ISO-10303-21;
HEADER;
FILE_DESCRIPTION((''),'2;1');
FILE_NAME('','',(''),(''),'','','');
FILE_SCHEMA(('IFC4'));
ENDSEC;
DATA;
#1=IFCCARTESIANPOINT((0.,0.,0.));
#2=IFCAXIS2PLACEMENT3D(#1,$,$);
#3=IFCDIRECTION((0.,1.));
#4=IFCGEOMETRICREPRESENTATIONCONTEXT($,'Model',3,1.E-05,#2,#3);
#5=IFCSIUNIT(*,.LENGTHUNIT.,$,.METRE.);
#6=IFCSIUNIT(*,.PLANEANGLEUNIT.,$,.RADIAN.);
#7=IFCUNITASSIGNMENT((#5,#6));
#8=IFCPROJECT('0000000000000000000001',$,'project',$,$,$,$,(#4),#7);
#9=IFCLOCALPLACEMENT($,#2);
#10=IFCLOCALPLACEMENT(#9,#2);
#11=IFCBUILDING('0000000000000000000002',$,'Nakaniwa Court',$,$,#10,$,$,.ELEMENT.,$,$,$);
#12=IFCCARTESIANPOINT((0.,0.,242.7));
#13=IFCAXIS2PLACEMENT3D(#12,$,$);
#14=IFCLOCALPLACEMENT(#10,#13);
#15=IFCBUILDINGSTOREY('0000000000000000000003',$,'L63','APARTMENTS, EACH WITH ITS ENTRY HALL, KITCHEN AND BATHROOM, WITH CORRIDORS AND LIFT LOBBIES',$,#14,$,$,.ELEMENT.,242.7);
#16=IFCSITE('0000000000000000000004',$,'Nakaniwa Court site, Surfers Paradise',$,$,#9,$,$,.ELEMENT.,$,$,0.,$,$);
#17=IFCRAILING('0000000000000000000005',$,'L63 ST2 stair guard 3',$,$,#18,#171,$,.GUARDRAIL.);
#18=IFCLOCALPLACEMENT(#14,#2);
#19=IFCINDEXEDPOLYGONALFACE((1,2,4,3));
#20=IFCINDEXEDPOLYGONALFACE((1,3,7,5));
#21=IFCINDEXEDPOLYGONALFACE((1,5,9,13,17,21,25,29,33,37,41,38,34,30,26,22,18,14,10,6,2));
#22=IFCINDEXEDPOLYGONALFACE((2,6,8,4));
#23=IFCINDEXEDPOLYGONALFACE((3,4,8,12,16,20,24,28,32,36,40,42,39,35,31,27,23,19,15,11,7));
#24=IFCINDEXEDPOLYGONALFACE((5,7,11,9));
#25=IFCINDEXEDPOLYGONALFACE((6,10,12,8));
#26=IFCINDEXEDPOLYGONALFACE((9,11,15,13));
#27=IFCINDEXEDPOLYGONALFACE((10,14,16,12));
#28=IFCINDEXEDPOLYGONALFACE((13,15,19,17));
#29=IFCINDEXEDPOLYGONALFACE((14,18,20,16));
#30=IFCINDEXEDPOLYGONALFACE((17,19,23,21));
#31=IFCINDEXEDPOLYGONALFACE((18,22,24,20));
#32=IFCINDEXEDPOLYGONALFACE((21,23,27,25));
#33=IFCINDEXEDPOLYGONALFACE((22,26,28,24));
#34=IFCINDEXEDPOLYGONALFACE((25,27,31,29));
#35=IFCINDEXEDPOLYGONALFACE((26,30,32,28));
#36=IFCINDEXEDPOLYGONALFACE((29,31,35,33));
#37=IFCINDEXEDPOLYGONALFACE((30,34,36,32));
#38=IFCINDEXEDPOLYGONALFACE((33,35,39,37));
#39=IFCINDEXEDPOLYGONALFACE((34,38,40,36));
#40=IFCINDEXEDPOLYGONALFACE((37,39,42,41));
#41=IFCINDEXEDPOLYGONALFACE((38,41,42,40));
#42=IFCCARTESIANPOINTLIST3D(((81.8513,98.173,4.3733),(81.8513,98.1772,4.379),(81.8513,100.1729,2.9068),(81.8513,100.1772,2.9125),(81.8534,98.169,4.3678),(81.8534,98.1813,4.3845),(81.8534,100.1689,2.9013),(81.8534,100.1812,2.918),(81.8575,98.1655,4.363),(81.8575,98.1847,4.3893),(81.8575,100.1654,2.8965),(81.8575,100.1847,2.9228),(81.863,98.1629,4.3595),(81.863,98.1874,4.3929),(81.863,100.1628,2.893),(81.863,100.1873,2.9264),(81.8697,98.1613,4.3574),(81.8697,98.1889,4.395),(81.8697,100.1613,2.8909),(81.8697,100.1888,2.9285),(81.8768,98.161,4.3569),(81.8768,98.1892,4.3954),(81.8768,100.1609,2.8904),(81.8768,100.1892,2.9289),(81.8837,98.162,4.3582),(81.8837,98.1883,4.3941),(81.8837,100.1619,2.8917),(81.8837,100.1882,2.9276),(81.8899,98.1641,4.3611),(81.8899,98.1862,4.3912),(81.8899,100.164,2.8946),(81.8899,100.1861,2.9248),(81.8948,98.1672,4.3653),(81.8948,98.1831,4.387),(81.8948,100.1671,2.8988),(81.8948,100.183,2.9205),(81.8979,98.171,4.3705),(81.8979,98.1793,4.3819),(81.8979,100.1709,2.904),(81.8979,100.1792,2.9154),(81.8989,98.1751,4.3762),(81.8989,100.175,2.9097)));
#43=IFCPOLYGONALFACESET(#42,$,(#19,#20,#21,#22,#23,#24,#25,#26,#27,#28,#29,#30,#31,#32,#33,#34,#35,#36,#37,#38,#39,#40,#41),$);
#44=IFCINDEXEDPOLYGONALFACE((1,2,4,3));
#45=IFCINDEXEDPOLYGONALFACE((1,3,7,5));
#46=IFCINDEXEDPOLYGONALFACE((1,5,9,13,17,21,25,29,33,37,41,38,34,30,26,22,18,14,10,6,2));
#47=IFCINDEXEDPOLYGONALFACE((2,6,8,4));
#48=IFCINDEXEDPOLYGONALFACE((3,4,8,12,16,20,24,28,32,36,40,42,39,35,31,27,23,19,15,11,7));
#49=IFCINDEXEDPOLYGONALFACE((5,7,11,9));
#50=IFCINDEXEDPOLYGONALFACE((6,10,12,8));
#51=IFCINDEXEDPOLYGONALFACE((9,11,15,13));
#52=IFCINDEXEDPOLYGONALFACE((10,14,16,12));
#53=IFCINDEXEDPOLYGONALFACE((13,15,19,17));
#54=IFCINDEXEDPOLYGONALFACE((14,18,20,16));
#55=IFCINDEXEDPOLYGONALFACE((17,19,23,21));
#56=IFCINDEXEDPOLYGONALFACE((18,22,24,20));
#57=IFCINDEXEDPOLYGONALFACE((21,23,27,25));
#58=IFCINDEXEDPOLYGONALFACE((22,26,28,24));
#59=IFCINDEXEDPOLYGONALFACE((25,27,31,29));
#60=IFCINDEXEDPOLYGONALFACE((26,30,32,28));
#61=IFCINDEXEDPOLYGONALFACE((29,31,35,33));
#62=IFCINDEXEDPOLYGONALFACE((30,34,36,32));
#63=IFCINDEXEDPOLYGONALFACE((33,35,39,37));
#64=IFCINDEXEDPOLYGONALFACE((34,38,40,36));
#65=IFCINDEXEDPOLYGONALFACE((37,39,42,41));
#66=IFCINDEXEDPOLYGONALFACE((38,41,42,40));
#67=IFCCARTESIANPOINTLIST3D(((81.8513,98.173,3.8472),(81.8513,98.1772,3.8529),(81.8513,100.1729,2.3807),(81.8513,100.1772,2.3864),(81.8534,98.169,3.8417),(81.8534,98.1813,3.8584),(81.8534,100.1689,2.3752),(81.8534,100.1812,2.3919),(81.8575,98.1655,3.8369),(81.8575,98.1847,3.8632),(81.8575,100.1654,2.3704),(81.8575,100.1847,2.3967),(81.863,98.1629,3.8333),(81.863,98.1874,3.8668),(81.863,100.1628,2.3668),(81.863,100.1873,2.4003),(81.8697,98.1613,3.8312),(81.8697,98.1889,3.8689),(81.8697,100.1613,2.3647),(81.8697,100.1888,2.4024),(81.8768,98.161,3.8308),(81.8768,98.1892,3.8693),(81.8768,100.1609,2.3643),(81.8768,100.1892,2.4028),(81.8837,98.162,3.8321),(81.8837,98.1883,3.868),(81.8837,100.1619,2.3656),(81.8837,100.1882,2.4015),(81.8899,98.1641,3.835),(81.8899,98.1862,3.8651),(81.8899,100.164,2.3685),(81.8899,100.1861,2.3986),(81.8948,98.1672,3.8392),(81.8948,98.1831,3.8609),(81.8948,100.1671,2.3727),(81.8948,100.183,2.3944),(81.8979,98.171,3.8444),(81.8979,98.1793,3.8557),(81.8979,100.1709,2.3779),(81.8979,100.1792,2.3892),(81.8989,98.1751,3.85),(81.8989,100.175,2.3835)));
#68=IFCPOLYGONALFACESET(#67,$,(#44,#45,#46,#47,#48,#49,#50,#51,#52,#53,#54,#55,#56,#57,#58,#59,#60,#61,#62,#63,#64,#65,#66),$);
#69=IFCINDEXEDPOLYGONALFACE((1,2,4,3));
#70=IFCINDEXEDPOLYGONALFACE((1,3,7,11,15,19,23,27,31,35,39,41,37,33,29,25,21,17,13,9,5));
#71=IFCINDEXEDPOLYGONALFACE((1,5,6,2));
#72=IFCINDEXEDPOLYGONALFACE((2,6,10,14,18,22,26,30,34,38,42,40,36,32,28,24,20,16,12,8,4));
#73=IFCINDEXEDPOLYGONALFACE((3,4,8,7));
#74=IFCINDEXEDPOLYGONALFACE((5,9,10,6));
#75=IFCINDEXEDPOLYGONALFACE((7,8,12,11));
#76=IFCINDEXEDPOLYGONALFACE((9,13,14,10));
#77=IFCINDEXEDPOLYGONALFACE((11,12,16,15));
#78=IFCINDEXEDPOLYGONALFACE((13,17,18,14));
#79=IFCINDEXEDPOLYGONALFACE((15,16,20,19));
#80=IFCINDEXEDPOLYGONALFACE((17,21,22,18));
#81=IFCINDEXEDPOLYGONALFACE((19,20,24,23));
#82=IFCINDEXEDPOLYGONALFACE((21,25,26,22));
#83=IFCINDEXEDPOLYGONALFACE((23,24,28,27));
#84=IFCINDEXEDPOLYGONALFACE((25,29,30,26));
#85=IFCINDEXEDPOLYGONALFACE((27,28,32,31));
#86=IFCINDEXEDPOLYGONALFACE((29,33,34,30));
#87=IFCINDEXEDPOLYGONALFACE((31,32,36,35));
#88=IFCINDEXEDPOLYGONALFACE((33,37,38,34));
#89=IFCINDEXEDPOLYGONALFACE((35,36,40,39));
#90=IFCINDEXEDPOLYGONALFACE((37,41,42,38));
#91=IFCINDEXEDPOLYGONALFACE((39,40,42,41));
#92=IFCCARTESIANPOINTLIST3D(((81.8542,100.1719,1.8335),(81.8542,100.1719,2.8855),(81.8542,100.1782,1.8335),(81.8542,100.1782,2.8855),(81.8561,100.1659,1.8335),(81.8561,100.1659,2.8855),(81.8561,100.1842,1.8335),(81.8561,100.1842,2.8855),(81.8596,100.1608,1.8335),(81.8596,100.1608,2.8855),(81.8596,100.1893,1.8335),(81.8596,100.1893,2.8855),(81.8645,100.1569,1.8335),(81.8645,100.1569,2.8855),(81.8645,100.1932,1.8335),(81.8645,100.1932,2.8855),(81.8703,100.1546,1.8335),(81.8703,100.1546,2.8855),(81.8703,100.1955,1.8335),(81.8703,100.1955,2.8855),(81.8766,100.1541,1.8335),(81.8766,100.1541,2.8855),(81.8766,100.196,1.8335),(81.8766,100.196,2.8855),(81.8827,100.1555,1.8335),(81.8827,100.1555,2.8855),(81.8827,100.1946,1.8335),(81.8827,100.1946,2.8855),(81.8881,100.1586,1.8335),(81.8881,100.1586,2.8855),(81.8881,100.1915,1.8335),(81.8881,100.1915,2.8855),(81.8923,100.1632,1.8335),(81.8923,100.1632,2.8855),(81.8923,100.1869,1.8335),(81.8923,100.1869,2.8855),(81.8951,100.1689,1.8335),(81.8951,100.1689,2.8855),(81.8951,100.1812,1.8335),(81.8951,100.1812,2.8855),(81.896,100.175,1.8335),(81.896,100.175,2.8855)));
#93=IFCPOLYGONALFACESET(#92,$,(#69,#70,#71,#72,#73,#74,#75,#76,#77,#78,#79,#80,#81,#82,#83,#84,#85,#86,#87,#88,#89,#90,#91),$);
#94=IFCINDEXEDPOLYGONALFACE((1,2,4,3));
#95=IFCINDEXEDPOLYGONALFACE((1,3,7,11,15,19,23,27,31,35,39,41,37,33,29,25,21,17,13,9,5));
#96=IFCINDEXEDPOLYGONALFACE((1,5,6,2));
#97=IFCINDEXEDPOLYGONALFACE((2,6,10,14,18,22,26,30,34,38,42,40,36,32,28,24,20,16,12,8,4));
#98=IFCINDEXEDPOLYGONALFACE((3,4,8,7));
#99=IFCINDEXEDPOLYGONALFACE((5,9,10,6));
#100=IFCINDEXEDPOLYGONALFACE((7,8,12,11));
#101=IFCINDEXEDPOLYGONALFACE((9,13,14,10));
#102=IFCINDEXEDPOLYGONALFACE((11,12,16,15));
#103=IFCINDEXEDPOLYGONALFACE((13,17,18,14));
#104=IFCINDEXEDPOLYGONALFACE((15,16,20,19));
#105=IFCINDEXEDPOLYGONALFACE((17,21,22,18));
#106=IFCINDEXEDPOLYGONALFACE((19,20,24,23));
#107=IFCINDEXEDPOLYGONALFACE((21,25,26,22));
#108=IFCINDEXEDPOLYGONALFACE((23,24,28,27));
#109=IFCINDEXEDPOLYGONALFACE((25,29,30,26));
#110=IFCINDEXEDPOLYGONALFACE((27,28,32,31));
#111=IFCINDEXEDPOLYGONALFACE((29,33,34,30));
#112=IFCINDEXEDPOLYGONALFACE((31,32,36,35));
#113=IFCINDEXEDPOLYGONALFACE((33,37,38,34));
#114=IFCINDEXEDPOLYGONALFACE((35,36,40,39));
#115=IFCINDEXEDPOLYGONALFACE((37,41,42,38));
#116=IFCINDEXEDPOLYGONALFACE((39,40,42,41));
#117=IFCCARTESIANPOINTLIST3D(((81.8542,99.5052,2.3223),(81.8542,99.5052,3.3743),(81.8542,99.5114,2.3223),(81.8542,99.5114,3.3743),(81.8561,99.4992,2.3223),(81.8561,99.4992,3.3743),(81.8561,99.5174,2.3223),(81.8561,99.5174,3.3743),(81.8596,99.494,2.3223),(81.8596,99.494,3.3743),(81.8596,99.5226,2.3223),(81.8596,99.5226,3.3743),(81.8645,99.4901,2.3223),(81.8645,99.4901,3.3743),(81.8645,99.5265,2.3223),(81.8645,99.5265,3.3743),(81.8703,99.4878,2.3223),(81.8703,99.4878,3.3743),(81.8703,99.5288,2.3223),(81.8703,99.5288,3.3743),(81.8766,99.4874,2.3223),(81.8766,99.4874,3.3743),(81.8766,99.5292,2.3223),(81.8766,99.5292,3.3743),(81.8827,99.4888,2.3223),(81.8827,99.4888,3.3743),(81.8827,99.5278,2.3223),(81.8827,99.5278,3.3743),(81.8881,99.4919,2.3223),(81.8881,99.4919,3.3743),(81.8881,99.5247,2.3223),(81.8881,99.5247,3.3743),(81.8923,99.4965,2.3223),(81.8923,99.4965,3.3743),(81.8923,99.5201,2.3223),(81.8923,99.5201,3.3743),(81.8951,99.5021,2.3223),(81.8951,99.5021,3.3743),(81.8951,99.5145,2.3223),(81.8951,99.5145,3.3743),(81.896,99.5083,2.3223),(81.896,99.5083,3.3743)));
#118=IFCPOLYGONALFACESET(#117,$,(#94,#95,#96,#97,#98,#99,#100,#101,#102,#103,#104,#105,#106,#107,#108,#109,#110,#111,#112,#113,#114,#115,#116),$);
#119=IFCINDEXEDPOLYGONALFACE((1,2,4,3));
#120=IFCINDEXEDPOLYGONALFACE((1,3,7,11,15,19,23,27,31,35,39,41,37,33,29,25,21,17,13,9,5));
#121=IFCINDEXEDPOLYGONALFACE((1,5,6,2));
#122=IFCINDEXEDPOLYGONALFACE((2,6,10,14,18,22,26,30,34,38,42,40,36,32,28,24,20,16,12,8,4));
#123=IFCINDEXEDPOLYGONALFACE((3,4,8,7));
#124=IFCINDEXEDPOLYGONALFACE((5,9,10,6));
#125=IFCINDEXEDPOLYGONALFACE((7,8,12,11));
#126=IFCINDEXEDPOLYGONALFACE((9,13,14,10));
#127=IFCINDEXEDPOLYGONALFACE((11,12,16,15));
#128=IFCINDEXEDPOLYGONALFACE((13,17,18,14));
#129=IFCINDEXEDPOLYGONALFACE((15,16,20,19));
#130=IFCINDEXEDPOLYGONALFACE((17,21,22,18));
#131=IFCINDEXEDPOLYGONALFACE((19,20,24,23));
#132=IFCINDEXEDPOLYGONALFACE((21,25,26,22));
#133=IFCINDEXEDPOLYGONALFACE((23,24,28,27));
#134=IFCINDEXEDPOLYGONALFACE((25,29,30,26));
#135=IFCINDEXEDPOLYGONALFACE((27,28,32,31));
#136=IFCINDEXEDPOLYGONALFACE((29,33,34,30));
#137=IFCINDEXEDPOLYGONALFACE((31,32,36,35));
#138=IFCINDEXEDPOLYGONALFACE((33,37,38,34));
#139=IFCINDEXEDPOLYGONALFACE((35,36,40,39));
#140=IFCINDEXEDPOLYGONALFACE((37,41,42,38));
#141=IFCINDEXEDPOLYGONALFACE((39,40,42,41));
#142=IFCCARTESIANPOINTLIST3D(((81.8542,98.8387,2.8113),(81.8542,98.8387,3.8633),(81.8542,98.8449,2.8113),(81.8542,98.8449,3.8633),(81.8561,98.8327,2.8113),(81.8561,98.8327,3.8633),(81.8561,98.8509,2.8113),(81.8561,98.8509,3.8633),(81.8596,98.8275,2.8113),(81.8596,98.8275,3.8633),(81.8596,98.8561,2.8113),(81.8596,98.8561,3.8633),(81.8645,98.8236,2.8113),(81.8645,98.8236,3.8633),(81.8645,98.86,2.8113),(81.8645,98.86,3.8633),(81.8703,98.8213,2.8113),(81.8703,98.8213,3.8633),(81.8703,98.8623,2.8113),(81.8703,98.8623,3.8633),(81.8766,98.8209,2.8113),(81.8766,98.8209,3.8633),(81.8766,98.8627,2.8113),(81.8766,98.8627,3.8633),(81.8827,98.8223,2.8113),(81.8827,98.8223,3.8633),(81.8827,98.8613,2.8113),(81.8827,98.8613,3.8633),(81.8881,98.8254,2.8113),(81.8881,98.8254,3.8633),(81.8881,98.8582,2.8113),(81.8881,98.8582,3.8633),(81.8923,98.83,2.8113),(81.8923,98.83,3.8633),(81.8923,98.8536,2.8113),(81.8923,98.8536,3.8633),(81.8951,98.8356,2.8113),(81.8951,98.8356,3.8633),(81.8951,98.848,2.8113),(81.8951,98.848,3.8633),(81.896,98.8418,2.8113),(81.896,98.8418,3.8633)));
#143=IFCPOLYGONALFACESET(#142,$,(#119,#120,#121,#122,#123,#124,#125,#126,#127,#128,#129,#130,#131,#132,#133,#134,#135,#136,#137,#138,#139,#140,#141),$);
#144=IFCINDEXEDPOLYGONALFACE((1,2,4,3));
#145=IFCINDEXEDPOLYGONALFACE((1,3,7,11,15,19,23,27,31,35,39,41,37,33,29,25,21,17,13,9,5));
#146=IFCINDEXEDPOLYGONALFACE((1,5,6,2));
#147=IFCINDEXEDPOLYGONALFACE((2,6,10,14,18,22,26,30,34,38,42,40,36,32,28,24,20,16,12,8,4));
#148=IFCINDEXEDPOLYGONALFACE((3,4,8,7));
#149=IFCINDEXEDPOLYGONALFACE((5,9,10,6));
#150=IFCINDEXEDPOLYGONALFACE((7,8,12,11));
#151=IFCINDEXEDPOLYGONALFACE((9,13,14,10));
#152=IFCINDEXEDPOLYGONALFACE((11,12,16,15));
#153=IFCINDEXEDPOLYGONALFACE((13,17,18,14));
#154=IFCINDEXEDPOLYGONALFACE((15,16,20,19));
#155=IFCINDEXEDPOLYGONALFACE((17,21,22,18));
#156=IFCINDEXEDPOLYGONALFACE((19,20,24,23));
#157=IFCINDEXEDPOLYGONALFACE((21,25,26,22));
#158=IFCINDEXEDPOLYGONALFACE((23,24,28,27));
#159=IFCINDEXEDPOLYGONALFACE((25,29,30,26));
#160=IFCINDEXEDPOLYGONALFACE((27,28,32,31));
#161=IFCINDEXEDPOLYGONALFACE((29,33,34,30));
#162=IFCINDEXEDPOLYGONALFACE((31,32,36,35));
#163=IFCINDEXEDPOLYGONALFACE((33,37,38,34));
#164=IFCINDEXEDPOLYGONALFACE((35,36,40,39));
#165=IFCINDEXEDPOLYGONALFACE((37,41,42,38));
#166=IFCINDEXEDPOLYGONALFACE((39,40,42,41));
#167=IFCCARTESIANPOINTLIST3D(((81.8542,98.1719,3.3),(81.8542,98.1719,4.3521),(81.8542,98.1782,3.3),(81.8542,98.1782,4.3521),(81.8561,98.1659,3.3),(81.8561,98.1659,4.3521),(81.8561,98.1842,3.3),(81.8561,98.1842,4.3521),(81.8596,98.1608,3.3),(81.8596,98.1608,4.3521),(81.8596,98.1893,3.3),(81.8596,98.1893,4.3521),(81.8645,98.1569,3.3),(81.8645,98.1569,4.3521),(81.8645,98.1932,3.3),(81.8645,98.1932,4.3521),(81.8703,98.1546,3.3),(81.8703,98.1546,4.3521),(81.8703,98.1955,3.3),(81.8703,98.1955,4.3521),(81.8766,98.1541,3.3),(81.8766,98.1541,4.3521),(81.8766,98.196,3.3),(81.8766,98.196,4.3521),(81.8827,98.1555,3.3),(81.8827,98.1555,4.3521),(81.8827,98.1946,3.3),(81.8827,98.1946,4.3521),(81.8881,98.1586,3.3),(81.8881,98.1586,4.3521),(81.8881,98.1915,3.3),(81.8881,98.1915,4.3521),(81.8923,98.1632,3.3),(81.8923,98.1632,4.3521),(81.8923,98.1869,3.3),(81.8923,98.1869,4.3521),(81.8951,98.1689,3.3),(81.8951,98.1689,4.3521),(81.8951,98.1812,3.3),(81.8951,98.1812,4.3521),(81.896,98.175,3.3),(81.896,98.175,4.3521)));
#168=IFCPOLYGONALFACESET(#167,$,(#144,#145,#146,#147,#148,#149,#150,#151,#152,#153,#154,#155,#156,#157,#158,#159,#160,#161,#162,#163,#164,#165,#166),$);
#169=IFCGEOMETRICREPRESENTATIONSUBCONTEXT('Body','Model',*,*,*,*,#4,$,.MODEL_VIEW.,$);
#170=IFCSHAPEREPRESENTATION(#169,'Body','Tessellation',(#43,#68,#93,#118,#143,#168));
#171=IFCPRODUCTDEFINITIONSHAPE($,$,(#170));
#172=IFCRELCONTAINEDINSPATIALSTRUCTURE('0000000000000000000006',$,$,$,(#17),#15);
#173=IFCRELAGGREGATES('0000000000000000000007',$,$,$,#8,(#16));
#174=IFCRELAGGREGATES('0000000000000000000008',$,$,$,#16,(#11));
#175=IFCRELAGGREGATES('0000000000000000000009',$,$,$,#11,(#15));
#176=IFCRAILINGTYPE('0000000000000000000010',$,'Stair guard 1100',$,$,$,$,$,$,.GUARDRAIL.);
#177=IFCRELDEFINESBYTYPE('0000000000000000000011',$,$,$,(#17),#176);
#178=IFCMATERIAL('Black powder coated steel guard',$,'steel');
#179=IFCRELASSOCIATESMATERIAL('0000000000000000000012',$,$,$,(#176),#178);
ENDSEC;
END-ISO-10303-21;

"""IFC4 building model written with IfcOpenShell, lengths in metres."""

from ifc_helpers import new_model, si_unit, direction, frame, origin, origin_2d, place, context, subcontext, project, spatial, circle, extrude, material, type_object, element, save


model = new_model("IFC4")

# Units and contexts
model_context = context("Model", 3, precision=1e-05, world=origin(), true_north=direction((0.0, 1.0)))
body_context = subcontext(model_context, "Body", "Model", "MODEL_VIEW")
ifc_project = project(units=[si_unit("LENGTHUNIT", "METRE"), si_unit("PLANEANGLEUNIT", "RADIAN")], contexts=[model_context])

# Site, building, storey
site_placement = place(None, origin())
site = spatial("IfcSite", under=ifc_project, at=site_placement, Name="Nakaniwa Court site, Surfers Paradise", CompositionType="ELEMENT", RefElevation=0.0)
building_placement = place(site_placement, origin())
building = spatial("IfcBuilding", under=site, at=building_placement, Name="Nakaniwa Court", CompositionType="ELEMENT")
storey_placement = place(building_placement, frame((0.0, 0.0, 242.7)))
storey = spatial("IfcBuildingStorey", under=building, at=storey_placement, Name="L63", Description="APARTMENTS, EACH WITH ITS ENTRY HALL, KITCHEN AND BATHROOM, WITH CORRIDORS AND LIFT LOBBIES", CompositionType="ELEMENT", Elevation=242.7)

# Railing
ifc_material_1 = material(Name="Black powder coated steel guard", Category="steel")
railing_type_1 = type_object("IfcRailingType", Name="Stair guard 1100", PredefinedType="GUARDRAIL", material=ifc_material_1)
railing_1_placement = place(storey_placement, frame((81.875, 100.175, 1.8335)))
element("IfcRailing", 1, at=railing_1_placement, inside=storey, type_object=railing_type_1, Name="L63 ST2 stair guard 3", PredefinedType="GUARDRAIL", context=body_context, shape_type="SweptSolid", body=[
    extrude(circle(Radius=0.0239, at=origin_2d()), frame((0.0, 0.0, 1.0762), z_axis=(0.0, -0.806427, 0.591334), x_axis=(1.0, 0.0, 0.0)), (0.0, 0.0, 1.0), 2.48),
    extrude(circle(Radius=0.0239, at=origin_2d()), frame((0.0, 0.0, 0.55), z_axis=(0.0, -0.806427, 0.591334), x_axis=(1.0, 0.0, 0.0)), (0.0, 0.0, 1.0), 2.48),
    extrude(circle(Radius=0.021, at=origin_2d()), origin(), (0.0, 0.0, 1.0), 1.052),
    extrude(circle(Radius=0.021, at=origin_2d()), frame((0.0, -0.6667, 0.4888)), (0.0, 0.0, 1.0), 1.052),
    extrude(circle(Radius=0.021, at=origin_2d()), frame((0.0, -1.3333, 0.9778)), (0.0, 0.0, 1.0), 1.052),
    extrude(circle(Radius=0.021, at=origin_2d()), frame((0.0, -2.0, 1.4666)), (0.0, 0.0, 1.0), 1.052),
])

save(model, "model.ifc")
